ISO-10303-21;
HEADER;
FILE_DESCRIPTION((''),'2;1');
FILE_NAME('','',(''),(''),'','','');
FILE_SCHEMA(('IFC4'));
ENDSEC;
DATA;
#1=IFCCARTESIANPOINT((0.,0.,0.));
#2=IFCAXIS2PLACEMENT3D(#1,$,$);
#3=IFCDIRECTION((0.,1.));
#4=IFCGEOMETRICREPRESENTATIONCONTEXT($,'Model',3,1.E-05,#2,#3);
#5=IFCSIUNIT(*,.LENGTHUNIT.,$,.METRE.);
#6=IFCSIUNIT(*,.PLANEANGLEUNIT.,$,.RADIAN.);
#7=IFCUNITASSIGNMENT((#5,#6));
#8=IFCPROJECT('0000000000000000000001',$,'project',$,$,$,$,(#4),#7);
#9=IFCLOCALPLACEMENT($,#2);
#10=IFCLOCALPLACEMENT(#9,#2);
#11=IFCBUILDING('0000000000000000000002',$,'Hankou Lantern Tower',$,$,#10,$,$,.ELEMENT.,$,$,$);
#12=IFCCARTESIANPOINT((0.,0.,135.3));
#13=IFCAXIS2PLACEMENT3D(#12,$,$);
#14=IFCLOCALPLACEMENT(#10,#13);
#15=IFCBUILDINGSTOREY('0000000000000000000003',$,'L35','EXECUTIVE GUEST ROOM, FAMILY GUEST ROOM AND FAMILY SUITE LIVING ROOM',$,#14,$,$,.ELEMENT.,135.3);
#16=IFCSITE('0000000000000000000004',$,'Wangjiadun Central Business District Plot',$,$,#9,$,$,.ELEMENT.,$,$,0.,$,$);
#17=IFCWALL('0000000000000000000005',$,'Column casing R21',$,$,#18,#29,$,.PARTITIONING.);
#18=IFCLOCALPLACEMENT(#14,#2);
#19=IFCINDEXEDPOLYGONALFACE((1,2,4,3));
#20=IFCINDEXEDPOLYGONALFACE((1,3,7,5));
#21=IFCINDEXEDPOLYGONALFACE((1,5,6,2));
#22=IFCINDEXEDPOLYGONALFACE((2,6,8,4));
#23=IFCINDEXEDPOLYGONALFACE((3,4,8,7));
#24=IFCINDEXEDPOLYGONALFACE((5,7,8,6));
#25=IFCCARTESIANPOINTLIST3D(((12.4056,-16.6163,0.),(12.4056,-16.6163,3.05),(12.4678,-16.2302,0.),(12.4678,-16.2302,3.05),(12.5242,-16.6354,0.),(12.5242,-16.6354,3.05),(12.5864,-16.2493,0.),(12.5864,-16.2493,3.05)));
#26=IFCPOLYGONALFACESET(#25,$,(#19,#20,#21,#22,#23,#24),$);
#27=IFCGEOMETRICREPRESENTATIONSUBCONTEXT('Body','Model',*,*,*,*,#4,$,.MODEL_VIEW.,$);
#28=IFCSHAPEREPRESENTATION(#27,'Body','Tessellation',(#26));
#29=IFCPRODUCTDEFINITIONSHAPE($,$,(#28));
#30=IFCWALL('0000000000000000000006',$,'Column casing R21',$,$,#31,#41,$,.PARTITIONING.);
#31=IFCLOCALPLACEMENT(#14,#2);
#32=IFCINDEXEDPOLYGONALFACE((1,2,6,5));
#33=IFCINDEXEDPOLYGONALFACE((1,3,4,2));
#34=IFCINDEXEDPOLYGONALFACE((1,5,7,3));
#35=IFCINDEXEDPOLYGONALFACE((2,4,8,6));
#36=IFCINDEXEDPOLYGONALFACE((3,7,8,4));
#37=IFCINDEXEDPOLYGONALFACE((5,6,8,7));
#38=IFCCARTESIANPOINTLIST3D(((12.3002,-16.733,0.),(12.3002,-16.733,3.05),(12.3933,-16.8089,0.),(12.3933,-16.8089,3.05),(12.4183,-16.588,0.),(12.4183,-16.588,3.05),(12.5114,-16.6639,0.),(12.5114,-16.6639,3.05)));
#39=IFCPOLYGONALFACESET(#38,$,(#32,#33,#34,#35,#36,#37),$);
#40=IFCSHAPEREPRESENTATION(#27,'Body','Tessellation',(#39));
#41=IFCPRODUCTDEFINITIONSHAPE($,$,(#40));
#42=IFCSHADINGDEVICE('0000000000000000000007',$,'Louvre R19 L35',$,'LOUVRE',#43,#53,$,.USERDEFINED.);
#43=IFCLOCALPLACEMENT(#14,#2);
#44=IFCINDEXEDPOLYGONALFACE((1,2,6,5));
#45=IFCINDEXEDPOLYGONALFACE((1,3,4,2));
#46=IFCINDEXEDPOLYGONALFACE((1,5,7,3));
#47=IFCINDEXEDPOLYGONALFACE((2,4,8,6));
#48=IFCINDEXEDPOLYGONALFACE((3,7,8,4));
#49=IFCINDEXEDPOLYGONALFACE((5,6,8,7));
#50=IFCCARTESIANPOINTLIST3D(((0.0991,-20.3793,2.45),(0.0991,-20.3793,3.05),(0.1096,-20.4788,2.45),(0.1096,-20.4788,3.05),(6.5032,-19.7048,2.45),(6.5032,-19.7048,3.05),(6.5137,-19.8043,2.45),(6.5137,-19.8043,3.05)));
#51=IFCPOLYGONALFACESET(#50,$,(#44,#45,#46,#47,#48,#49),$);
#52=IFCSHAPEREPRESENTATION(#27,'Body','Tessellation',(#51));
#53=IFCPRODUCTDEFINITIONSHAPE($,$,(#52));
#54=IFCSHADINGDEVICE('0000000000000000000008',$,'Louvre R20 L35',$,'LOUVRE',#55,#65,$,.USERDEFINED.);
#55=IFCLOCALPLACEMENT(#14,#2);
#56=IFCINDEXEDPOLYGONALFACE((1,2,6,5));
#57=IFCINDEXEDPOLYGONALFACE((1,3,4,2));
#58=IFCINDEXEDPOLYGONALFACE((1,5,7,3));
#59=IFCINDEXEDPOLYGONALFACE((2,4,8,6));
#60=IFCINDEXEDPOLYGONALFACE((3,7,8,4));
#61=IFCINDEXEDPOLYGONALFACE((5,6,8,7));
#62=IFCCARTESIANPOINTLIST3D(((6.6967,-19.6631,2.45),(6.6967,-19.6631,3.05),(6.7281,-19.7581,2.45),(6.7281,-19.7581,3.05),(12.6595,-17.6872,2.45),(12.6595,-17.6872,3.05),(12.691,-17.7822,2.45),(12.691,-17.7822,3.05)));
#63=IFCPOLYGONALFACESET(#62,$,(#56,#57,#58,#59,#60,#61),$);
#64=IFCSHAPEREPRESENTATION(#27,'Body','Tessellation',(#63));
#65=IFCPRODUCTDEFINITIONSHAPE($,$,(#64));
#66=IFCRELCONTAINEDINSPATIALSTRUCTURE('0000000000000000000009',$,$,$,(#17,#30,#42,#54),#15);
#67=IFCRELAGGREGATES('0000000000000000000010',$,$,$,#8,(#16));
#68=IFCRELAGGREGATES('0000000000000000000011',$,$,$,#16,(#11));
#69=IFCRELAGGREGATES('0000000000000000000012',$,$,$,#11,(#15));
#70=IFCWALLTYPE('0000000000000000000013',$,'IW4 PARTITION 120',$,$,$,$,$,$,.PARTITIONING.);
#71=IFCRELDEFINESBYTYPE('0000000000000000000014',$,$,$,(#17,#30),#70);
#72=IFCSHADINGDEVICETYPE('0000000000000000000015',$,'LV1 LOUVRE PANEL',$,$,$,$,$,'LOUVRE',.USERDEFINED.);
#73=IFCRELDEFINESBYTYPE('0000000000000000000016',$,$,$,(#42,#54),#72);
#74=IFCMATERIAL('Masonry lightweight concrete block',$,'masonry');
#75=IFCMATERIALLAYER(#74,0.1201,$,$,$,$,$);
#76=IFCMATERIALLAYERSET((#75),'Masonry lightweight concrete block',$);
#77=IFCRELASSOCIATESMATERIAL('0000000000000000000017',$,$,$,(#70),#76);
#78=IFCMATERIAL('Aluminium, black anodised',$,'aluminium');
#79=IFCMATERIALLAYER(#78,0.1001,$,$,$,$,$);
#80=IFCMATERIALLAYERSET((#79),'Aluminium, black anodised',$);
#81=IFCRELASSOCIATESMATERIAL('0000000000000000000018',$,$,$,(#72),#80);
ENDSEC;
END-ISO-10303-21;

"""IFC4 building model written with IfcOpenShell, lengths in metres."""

from ifc_helpers import new_model, si_unit, direction, frame, frame_2d, origin, origin_2d, place, context, subcontext, project, spatial, rectangle, extrude, material, layer, layer_set, type_object, element, save


model = new_model("IFC4")

# Units and contexts
model_context = context("Model", 3, precision=1e-05, world=origin(), true_north=direction((0.0, 1.0)))
body_context = subcontext(model_context, "Body", "Model", "MODEL_VIEW")
ifc_project = project(units=[si_unit("LENGTHUNIT", "METRE"), si_unit("PLANEANGLEUNIT", "RADIAN")], contexts=[model_context])

# Site, building, storey
site_placement = place(None, origin())
site = spatial("IfcSite", under=ifc_project, at=site_placement, Name="Wangjiadun Central Business District Plot", CompositionType="ELEMENT", RefElevation=0.0)
building_placement = place(site_placement, origin())
building = spatial("IfcBuilding", under=site, at=building_placement, Name="Hankou Lantern Tower", CompositionType="ELEMENT")
storey_placement = place(building_placement, frame((0.0, 0.0, 135.3)))
storey = spatial("IfcBuildingStorey", under=building, at=storey_placement, Name="L35", Description="EXECUTIVE GUEST ROOM, FAMILY GUEST ROOM AND FAMILY SUITE LIVING ROOM", CompositionType="ELEMENT", Elevation=135.3)

# Walls
ifc_material_1 = material(Name="Masonry lightweight concrete block", Category="masonry")
ifc_layer_1 = layer(ifc_material_1, 0.1201)
ifc_layer_set_1 = layer_set([ifc_layer_1], Name="Masonry lightweight concrete block")
wall_type_1 = type_object("IfcWallType", Name="IW4 PARTITION 120", PredefinedType="PARTITIONING", material=ifc_layer_set_1)
for number, where, z_axis, x_axis, name in (
    (1, (12.5271, -16.2397, 0.0), (0.0, 0.0, 1.0), (-0.159134, -0.987257, 0.0), "Column casing R21"),
):
    element("IfcWall", number, at=place(storey_placement, frame(where, z_axis=z_axis, x_axis=x_axis)), inside=storey, type_object=wall_type_1, Name=name, PredefinedType="PARTITIONING", context=body_context, shape_type="SweptSolid", body=[
        extrude(rectangle(XDim=0.3911, YDim=0.1201, at=frame_2d((0.1956, 0.0))), origin(), (0.0, 0.0, 1.0), 3.05),
    ])
wall_1_placement = place(storey_placement, frame((12.4648, -16.626, 0.0), z_axis=(0.0, 0.0, 1.0), x_axis=(-0.631673, -0.775235, 0.0)))
element("IfcWall", 2, at=wall_1_placement, inside=storey, type_object=wall_type_1, Name="Column casing R21", PredefinedType="PARTITIONING", context=body_context, shape_type="SweptSolid", body=[
    extrude(rectangle(XDim=0.187, YDim=0.1201, at=frame_2d((0.0935, 0.0))), origin(), (0.0, 0.0, 1.0), 3.05),
])

# Shading devices
ifc_material_2 = material(Name="Aluminium, black anodised", Category="aluminium")
ifc_layer_2 = layer(ifc_material_2, 0.1001)
ifc_layer_set_2 = layer_set([ifc_layer_2], Name="Aluminium, black anodised")
shading_device_type = type_object("IfcShadingDeviceType", Name="LV1 LOUVRE PANEL", ElementType="LOUVRE", PredefinedType="USERDEFINED", material=ifc_layer_set_2)
shading_device_1_placement = place(storey_placement, frame((3.3064, -20.0918, 2.45), z_axis=(0.0, 0.0, 1.0), x_axis=(0.994499, 0.104743, 0.0)))
element("IfcShadingDevice", 3, at=shading_device_1_placement, inside=storey, type_object=shading_device_type, Name="Louvre R19 L35", ObjectType="LOUVRE", PredefinedType="USERDEFINED", context=body_context, shape_type="SweptSolid", body=[
    extrude(rectangle(XDim=6.4395, YDim=0.1001, at=origin_2d()), origin(), (0.0, 0.0, 1.0), 0.6001),
])
shading_device_2_placement = place(storey_placement, frame((9.6938, -18.7227, 2.45), z_axis=(0.0, 0.0, 1.0), x_axis=(0.949241, 0.314551, 0.0)))
element("IfcShadingDevice", 4, at=shading_device_2_placement, inside=storey, type_object=shading_device_type, Name="Louvre R20 L35", ObjectType="LOUVRE", PredefinedType="USERDEFINED", context=body_context, shape_type="SweptSolid", body=[
    extrude(rectangle(XDim=6.2817, YDim=0.1001, at=origin_2d()), origin(), (0.0, 0.0, 1.0), 0.6001),
])

save(model, "model.ifc")
